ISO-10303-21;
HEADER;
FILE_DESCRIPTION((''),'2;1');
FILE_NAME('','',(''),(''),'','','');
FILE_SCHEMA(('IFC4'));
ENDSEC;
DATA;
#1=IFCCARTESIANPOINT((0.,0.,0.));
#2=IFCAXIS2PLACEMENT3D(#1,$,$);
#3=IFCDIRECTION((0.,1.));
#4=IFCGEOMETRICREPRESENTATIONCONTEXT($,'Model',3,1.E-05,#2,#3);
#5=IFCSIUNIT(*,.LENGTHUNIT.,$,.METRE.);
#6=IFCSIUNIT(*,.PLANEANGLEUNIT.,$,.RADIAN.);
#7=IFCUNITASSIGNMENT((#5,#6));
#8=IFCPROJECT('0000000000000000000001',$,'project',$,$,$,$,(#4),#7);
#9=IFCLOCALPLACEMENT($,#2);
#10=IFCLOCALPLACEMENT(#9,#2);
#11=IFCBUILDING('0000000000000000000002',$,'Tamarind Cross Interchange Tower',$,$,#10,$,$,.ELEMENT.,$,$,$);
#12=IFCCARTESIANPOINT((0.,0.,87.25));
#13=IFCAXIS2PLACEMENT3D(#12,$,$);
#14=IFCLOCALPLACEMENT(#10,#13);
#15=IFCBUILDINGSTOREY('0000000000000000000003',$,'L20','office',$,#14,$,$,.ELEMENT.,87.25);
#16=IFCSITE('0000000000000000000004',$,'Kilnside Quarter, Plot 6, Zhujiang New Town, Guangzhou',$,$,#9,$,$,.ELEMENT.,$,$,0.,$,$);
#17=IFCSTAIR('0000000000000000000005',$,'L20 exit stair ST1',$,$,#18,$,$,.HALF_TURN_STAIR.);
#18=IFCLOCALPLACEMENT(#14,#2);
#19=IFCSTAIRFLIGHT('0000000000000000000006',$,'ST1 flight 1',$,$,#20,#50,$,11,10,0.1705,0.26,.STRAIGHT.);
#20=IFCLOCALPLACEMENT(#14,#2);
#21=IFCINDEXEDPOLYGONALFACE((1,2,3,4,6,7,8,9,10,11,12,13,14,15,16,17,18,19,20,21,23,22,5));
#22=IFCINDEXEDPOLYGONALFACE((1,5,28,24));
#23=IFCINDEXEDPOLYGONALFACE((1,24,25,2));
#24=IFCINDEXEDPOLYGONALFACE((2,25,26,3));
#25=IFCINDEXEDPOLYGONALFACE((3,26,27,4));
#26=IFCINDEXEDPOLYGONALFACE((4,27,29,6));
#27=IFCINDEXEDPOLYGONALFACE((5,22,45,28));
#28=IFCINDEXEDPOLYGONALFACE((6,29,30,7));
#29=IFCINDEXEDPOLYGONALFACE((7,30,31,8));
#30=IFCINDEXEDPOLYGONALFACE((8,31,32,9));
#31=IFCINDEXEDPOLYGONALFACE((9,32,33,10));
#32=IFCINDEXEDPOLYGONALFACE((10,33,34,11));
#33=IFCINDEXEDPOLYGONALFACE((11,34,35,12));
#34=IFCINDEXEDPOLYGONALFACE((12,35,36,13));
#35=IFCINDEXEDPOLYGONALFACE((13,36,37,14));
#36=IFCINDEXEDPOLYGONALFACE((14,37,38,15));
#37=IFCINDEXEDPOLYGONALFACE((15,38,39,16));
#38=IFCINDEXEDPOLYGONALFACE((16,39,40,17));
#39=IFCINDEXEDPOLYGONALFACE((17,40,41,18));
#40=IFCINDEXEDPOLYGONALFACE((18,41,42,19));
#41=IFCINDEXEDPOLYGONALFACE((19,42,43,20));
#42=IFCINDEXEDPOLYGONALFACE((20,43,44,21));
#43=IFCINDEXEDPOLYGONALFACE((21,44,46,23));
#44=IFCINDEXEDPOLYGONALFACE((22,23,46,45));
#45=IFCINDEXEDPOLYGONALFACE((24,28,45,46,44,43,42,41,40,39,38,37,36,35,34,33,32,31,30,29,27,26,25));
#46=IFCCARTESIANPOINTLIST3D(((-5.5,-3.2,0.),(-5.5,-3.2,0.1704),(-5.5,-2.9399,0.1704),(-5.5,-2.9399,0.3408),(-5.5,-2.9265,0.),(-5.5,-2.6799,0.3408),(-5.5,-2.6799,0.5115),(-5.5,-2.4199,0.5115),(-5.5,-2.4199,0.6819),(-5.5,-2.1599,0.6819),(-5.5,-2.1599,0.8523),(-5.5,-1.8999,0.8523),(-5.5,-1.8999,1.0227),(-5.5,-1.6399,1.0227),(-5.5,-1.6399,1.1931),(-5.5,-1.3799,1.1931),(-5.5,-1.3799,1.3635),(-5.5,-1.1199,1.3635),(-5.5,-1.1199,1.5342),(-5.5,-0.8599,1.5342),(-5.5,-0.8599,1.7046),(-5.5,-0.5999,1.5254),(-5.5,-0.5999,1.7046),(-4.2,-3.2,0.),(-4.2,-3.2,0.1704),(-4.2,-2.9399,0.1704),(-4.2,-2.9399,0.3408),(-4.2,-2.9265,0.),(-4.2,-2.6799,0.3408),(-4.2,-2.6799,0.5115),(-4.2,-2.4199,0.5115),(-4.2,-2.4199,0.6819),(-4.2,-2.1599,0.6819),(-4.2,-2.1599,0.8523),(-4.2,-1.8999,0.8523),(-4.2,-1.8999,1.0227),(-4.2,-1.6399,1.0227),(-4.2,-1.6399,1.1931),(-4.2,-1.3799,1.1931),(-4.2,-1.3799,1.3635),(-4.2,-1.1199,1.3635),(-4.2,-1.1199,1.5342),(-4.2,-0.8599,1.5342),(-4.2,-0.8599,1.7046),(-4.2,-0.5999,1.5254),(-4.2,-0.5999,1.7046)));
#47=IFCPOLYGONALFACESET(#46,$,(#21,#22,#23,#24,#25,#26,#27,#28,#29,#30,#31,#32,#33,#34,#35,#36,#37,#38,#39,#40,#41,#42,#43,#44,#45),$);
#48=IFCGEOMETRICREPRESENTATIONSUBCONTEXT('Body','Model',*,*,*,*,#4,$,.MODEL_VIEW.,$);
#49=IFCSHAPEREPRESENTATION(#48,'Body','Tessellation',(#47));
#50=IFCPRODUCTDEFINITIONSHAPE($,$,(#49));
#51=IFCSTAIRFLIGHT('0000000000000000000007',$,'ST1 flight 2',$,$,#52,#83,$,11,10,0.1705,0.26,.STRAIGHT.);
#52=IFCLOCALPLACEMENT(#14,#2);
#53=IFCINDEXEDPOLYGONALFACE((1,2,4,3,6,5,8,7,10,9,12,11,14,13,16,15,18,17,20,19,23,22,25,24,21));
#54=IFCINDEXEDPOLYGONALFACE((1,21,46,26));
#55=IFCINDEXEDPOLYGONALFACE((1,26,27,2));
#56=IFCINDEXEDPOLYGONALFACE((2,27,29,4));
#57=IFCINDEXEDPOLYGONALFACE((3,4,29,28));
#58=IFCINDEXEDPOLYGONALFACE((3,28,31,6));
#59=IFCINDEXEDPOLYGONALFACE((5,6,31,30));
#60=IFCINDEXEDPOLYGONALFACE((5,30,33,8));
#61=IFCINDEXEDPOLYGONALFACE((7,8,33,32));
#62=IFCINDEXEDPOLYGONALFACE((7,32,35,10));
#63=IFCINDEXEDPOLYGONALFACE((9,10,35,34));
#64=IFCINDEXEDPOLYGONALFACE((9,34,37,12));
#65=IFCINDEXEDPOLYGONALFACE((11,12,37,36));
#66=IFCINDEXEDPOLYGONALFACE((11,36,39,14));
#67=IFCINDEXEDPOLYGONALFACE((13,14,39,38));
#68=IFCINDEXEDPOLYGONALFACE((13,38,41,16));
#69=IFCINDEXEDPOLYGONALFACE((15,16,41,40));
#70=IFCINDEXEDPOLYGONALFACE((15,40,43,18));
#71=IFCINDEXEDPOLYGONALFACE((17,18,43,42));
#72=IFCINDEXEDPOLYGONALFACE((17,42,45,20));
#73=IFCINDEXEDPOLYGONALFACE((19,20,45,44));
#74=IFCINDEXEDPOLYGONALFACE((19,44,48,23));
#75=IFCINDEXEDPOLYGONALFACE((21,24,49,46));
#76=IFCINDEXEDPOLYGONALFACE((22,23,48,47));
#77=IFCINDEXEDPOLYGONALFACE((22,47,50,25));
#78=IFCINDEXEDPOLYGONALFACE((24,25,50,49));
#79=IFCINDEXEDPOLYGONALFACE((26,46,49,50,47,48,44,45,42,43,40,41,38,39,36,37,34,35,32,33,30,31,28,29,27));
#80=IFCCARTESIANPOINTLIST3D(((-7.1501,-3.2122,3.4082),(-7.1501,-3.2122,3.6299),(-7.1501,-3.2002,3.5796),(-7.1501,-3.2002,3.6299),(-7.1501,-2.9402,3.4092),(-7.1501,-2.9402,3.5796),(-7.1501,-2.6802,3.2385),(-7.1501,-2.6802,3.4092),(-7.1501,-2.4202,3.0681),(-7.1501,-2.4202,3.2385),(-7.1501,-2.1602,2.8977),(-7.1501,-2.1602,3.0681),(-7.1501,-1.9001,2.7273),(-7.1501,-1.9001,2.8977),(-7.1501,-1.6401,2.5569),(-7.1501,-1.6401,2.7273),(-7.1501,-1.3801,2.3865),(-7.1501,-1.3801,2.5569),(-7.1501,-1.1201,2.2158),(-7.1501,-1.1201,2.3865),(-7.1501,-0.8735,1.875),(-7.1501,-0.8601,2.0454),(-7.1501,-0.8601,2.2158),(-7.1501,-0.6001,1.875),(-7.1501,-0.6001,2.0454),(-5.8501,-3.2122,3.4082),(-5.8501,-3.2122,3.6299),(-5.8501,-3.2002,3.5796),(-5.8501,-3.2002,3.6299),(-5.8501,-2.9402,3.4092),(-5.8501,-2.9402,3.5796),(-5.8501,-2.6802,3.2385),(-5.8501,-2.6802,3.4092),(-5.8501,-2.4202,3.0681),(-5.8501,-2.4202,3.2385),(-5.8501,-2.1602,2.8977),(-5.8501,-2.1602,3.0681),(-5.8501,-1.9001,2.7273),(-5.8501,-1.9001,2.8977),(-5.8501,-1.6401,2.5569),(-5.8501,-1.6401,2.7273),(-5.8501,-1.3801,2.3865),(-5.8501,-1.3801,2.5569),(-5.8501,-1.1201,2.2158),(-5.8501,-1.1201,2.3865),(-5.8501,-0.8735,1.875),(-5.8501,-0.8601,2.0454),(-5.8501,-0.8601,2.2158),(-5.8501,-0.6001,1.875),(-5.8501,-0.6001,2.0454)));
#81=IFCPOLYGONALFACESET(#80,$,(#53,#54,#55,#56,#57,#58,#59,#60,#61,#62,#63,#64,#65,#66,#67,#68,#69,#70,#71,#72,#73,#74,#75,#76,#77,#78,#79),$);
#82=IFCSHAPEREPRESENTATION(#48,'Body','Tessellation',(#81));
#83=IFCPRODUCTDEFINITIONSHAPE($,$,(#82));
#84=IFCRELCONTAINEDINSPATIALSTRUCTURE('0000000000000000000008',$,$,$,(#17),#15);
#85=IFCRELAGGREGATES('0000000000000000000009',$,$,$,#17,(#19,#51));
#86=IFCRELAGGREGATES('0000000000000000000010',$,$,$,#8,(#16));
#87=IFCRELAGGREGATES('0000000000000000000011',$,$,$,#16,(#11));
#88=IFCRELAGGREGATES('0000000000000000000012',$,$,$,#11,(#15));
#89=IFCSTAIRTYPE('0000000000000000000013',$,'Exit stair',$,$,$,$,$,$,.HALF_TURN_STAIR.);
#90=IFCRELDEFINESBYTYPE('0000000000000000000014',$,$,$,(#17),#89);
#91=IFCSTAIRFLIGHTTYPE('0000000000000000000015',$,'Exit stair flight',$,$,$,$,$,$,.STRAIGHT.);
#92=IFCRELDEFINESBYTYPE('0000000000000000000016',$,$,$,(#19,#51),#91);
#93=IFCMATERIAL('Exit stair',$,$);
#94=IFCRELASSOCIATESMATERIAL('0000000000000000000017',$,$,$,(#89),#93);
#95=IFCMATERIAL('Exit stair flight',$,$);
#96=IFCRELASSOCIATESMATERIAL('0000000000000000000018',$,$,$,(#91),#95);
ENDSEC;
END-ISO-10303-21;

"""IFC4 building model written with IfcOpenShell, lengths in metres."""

from ifc_helpers import new_model, si_unit, direction, frame, origin, place, context, subcontext, project, spatial, polyline, outline, extrude, material, type_object, element, aggregate, save


model = new_model("IFC4")

# Units and contexts
model_context = context("Model", 3, precision=1e-05, world=origin(), true_north=direction((0.0, 1.0)))
body_context = subcontext(model_context, "Body", "Model", "MODEL_VIEW")
ifc_project = project(units=[si_unit("LENGTHUNIT", "METRE"), si_unit("PLANEANGLEUNIT", "RADIAN")], contexts=[model_context])

# Site, building, storey
site_placement = place(None, origin())
site = spatial("IfcSite", under=ifc_project, at=site_placement, Name="Kilnside Quarter, Plot 6, Zhujiang New Town, Guangzhou", CompositionType="ELEMENT", RefElevation=0.0)
building_placement = place(site_placement, origin())
building = spatial("IfcBuilding", under=site, at=building_placement, Name="Tamarind Cross Interchange Tower", CompositionType="ELEMENT")
storey_placement = place(building_placement, frame((0.0, 0.0, 87.25)))
storey = spatial("IfcBuildingStorey", under=building, at=storey_placement, Name="L20", Description="office", CompositionType="ELEMENT", Elevation=87.25)

# Stair, stair flights
ifc_material_1 = material(Name="Exit stair")
stair_type = type_object("IfcStairType", Name="Exit stair", PredefinedType="HALF_TURN_STAIR", material=ifc_material_1)
stair_placement = place(storey_placement, origin())
stair = element("IfcStair", 1, at=stair_placement, inside=storey, type_object=stair_type, Name="L20 exit stair ST1", PredefinedType="HALF_TURN_STAIR")
ifc_material_2 = material(Name="Exit stair flight")
stair_flight_type = type_object("IfcStairFlightType", Name="Exit stair flight", PredefinedType="STRAIGHT", material=ifc_material_2)
stair_flight_1_placement = place(storey_placement, frame((-4.8501, -3.2, 0.0), z_axis=(0.0, 0.0, 1.0), x_axis=(0.0, 1.0, 0.0)))
stair_flight_1 = element("IfcStairFlight", 2, at=stair_flight_1_placement, type_object=stair_flight_type, Name="ST1 flight 1", NumberOfRisers=11, NumberOfTreads=10, PredefinedType="STRAIGHT", RiserHeight=0.1705, TreadLength=0.26, context=body_context, shape_type="SweptSolid", body=[
    extrude(outline(polyline([(0.0, 0.0), (0.0, 0.1704), (0.26, 0.1704), (0.26, 0.3408), (0.52, 0.3408), (0.52, 0.5115), (0.78, 0.5115), (0.78, 0.6819), (1.04, 0.6819), (1.04, 0.8523), (1.3, 0.8523), (1.3, 1.0227), (1.5601, 1.0227), (1.5601, 1.1931), (1.8201, 1.1931), (1.8201, 1.3635), (2.0801, 1.3635), (2.0801, 1.5342), (2.3401, 1.5342), (2.3401, 1.7046), (2.6001, 1.7046), (2.6001, 1.875), (2.6001, 1.5254), (0.2734, 0.0), (0.0, 0.0)])), frame((0.0, 0.6499, 0.0), z_axis=(0.0, -1.0, 0.0), x_axis=(1.0, 0.0, 0.0)), (0.0, 0.0, 1.0), 1.3),
])
stair_flight_2_placement = place(storey_placement, frame((-6.5, -0.6001, 1.875), z_axis=(0.0, 0.0, 1.0), x_axis=(0.0, -1.0, 0.0)))
stair_flight_2 = element("IfcStairFlight", 3, at=stair_flight_2_placement, type_object=stair_flight_type, Name="ST1 flight 2", NumberOfRisers=11, NumberOfTreads=10, PredefinedType="STRAIGHT", RiserHeight=0.1705, TreadLength=0.26, context=body_context, shape_type="SweptSolid", body=[
    extrude(outline(polyline([(0.0, 0.0), (0.0, 0.1704), (0.26, 0.1704), (0.26, 0.3408), (0.52, 0.3408), (0.52, 0.5115), (0.78, 0.5115), (0.78, 0.6819), (1.04, 0.6819), (1.04, 0.8523), (1.3, 0.8523), (1.3, 1.0227), (1.5601, 1.0227), (1.5601, 1.1931), (1.8201, 1.1931), (1.8201, 1.3635), (2.0801, 1.3635), (2.0801, 1.5342), (2.3401, 1.5342), (2.3401, 1.7046), (2.6001, 1.7046), (2.6001, 1.7549), (2.6121, 1.7549), (2.6121, 1.5332), (0.2734, 0.0), (0.0, 0.0)])), frame((0.0, 0.6499, 0.0), z_axis=(0.0, -1.0, 0.0), x_axis=(1.0, 0.0, 0.0)), (0.0, 0.0, 1.0), 1.3),
])
aggregate(stair, [stair_flight_1, stair_flight_2])

save(model, "model.ifc")
